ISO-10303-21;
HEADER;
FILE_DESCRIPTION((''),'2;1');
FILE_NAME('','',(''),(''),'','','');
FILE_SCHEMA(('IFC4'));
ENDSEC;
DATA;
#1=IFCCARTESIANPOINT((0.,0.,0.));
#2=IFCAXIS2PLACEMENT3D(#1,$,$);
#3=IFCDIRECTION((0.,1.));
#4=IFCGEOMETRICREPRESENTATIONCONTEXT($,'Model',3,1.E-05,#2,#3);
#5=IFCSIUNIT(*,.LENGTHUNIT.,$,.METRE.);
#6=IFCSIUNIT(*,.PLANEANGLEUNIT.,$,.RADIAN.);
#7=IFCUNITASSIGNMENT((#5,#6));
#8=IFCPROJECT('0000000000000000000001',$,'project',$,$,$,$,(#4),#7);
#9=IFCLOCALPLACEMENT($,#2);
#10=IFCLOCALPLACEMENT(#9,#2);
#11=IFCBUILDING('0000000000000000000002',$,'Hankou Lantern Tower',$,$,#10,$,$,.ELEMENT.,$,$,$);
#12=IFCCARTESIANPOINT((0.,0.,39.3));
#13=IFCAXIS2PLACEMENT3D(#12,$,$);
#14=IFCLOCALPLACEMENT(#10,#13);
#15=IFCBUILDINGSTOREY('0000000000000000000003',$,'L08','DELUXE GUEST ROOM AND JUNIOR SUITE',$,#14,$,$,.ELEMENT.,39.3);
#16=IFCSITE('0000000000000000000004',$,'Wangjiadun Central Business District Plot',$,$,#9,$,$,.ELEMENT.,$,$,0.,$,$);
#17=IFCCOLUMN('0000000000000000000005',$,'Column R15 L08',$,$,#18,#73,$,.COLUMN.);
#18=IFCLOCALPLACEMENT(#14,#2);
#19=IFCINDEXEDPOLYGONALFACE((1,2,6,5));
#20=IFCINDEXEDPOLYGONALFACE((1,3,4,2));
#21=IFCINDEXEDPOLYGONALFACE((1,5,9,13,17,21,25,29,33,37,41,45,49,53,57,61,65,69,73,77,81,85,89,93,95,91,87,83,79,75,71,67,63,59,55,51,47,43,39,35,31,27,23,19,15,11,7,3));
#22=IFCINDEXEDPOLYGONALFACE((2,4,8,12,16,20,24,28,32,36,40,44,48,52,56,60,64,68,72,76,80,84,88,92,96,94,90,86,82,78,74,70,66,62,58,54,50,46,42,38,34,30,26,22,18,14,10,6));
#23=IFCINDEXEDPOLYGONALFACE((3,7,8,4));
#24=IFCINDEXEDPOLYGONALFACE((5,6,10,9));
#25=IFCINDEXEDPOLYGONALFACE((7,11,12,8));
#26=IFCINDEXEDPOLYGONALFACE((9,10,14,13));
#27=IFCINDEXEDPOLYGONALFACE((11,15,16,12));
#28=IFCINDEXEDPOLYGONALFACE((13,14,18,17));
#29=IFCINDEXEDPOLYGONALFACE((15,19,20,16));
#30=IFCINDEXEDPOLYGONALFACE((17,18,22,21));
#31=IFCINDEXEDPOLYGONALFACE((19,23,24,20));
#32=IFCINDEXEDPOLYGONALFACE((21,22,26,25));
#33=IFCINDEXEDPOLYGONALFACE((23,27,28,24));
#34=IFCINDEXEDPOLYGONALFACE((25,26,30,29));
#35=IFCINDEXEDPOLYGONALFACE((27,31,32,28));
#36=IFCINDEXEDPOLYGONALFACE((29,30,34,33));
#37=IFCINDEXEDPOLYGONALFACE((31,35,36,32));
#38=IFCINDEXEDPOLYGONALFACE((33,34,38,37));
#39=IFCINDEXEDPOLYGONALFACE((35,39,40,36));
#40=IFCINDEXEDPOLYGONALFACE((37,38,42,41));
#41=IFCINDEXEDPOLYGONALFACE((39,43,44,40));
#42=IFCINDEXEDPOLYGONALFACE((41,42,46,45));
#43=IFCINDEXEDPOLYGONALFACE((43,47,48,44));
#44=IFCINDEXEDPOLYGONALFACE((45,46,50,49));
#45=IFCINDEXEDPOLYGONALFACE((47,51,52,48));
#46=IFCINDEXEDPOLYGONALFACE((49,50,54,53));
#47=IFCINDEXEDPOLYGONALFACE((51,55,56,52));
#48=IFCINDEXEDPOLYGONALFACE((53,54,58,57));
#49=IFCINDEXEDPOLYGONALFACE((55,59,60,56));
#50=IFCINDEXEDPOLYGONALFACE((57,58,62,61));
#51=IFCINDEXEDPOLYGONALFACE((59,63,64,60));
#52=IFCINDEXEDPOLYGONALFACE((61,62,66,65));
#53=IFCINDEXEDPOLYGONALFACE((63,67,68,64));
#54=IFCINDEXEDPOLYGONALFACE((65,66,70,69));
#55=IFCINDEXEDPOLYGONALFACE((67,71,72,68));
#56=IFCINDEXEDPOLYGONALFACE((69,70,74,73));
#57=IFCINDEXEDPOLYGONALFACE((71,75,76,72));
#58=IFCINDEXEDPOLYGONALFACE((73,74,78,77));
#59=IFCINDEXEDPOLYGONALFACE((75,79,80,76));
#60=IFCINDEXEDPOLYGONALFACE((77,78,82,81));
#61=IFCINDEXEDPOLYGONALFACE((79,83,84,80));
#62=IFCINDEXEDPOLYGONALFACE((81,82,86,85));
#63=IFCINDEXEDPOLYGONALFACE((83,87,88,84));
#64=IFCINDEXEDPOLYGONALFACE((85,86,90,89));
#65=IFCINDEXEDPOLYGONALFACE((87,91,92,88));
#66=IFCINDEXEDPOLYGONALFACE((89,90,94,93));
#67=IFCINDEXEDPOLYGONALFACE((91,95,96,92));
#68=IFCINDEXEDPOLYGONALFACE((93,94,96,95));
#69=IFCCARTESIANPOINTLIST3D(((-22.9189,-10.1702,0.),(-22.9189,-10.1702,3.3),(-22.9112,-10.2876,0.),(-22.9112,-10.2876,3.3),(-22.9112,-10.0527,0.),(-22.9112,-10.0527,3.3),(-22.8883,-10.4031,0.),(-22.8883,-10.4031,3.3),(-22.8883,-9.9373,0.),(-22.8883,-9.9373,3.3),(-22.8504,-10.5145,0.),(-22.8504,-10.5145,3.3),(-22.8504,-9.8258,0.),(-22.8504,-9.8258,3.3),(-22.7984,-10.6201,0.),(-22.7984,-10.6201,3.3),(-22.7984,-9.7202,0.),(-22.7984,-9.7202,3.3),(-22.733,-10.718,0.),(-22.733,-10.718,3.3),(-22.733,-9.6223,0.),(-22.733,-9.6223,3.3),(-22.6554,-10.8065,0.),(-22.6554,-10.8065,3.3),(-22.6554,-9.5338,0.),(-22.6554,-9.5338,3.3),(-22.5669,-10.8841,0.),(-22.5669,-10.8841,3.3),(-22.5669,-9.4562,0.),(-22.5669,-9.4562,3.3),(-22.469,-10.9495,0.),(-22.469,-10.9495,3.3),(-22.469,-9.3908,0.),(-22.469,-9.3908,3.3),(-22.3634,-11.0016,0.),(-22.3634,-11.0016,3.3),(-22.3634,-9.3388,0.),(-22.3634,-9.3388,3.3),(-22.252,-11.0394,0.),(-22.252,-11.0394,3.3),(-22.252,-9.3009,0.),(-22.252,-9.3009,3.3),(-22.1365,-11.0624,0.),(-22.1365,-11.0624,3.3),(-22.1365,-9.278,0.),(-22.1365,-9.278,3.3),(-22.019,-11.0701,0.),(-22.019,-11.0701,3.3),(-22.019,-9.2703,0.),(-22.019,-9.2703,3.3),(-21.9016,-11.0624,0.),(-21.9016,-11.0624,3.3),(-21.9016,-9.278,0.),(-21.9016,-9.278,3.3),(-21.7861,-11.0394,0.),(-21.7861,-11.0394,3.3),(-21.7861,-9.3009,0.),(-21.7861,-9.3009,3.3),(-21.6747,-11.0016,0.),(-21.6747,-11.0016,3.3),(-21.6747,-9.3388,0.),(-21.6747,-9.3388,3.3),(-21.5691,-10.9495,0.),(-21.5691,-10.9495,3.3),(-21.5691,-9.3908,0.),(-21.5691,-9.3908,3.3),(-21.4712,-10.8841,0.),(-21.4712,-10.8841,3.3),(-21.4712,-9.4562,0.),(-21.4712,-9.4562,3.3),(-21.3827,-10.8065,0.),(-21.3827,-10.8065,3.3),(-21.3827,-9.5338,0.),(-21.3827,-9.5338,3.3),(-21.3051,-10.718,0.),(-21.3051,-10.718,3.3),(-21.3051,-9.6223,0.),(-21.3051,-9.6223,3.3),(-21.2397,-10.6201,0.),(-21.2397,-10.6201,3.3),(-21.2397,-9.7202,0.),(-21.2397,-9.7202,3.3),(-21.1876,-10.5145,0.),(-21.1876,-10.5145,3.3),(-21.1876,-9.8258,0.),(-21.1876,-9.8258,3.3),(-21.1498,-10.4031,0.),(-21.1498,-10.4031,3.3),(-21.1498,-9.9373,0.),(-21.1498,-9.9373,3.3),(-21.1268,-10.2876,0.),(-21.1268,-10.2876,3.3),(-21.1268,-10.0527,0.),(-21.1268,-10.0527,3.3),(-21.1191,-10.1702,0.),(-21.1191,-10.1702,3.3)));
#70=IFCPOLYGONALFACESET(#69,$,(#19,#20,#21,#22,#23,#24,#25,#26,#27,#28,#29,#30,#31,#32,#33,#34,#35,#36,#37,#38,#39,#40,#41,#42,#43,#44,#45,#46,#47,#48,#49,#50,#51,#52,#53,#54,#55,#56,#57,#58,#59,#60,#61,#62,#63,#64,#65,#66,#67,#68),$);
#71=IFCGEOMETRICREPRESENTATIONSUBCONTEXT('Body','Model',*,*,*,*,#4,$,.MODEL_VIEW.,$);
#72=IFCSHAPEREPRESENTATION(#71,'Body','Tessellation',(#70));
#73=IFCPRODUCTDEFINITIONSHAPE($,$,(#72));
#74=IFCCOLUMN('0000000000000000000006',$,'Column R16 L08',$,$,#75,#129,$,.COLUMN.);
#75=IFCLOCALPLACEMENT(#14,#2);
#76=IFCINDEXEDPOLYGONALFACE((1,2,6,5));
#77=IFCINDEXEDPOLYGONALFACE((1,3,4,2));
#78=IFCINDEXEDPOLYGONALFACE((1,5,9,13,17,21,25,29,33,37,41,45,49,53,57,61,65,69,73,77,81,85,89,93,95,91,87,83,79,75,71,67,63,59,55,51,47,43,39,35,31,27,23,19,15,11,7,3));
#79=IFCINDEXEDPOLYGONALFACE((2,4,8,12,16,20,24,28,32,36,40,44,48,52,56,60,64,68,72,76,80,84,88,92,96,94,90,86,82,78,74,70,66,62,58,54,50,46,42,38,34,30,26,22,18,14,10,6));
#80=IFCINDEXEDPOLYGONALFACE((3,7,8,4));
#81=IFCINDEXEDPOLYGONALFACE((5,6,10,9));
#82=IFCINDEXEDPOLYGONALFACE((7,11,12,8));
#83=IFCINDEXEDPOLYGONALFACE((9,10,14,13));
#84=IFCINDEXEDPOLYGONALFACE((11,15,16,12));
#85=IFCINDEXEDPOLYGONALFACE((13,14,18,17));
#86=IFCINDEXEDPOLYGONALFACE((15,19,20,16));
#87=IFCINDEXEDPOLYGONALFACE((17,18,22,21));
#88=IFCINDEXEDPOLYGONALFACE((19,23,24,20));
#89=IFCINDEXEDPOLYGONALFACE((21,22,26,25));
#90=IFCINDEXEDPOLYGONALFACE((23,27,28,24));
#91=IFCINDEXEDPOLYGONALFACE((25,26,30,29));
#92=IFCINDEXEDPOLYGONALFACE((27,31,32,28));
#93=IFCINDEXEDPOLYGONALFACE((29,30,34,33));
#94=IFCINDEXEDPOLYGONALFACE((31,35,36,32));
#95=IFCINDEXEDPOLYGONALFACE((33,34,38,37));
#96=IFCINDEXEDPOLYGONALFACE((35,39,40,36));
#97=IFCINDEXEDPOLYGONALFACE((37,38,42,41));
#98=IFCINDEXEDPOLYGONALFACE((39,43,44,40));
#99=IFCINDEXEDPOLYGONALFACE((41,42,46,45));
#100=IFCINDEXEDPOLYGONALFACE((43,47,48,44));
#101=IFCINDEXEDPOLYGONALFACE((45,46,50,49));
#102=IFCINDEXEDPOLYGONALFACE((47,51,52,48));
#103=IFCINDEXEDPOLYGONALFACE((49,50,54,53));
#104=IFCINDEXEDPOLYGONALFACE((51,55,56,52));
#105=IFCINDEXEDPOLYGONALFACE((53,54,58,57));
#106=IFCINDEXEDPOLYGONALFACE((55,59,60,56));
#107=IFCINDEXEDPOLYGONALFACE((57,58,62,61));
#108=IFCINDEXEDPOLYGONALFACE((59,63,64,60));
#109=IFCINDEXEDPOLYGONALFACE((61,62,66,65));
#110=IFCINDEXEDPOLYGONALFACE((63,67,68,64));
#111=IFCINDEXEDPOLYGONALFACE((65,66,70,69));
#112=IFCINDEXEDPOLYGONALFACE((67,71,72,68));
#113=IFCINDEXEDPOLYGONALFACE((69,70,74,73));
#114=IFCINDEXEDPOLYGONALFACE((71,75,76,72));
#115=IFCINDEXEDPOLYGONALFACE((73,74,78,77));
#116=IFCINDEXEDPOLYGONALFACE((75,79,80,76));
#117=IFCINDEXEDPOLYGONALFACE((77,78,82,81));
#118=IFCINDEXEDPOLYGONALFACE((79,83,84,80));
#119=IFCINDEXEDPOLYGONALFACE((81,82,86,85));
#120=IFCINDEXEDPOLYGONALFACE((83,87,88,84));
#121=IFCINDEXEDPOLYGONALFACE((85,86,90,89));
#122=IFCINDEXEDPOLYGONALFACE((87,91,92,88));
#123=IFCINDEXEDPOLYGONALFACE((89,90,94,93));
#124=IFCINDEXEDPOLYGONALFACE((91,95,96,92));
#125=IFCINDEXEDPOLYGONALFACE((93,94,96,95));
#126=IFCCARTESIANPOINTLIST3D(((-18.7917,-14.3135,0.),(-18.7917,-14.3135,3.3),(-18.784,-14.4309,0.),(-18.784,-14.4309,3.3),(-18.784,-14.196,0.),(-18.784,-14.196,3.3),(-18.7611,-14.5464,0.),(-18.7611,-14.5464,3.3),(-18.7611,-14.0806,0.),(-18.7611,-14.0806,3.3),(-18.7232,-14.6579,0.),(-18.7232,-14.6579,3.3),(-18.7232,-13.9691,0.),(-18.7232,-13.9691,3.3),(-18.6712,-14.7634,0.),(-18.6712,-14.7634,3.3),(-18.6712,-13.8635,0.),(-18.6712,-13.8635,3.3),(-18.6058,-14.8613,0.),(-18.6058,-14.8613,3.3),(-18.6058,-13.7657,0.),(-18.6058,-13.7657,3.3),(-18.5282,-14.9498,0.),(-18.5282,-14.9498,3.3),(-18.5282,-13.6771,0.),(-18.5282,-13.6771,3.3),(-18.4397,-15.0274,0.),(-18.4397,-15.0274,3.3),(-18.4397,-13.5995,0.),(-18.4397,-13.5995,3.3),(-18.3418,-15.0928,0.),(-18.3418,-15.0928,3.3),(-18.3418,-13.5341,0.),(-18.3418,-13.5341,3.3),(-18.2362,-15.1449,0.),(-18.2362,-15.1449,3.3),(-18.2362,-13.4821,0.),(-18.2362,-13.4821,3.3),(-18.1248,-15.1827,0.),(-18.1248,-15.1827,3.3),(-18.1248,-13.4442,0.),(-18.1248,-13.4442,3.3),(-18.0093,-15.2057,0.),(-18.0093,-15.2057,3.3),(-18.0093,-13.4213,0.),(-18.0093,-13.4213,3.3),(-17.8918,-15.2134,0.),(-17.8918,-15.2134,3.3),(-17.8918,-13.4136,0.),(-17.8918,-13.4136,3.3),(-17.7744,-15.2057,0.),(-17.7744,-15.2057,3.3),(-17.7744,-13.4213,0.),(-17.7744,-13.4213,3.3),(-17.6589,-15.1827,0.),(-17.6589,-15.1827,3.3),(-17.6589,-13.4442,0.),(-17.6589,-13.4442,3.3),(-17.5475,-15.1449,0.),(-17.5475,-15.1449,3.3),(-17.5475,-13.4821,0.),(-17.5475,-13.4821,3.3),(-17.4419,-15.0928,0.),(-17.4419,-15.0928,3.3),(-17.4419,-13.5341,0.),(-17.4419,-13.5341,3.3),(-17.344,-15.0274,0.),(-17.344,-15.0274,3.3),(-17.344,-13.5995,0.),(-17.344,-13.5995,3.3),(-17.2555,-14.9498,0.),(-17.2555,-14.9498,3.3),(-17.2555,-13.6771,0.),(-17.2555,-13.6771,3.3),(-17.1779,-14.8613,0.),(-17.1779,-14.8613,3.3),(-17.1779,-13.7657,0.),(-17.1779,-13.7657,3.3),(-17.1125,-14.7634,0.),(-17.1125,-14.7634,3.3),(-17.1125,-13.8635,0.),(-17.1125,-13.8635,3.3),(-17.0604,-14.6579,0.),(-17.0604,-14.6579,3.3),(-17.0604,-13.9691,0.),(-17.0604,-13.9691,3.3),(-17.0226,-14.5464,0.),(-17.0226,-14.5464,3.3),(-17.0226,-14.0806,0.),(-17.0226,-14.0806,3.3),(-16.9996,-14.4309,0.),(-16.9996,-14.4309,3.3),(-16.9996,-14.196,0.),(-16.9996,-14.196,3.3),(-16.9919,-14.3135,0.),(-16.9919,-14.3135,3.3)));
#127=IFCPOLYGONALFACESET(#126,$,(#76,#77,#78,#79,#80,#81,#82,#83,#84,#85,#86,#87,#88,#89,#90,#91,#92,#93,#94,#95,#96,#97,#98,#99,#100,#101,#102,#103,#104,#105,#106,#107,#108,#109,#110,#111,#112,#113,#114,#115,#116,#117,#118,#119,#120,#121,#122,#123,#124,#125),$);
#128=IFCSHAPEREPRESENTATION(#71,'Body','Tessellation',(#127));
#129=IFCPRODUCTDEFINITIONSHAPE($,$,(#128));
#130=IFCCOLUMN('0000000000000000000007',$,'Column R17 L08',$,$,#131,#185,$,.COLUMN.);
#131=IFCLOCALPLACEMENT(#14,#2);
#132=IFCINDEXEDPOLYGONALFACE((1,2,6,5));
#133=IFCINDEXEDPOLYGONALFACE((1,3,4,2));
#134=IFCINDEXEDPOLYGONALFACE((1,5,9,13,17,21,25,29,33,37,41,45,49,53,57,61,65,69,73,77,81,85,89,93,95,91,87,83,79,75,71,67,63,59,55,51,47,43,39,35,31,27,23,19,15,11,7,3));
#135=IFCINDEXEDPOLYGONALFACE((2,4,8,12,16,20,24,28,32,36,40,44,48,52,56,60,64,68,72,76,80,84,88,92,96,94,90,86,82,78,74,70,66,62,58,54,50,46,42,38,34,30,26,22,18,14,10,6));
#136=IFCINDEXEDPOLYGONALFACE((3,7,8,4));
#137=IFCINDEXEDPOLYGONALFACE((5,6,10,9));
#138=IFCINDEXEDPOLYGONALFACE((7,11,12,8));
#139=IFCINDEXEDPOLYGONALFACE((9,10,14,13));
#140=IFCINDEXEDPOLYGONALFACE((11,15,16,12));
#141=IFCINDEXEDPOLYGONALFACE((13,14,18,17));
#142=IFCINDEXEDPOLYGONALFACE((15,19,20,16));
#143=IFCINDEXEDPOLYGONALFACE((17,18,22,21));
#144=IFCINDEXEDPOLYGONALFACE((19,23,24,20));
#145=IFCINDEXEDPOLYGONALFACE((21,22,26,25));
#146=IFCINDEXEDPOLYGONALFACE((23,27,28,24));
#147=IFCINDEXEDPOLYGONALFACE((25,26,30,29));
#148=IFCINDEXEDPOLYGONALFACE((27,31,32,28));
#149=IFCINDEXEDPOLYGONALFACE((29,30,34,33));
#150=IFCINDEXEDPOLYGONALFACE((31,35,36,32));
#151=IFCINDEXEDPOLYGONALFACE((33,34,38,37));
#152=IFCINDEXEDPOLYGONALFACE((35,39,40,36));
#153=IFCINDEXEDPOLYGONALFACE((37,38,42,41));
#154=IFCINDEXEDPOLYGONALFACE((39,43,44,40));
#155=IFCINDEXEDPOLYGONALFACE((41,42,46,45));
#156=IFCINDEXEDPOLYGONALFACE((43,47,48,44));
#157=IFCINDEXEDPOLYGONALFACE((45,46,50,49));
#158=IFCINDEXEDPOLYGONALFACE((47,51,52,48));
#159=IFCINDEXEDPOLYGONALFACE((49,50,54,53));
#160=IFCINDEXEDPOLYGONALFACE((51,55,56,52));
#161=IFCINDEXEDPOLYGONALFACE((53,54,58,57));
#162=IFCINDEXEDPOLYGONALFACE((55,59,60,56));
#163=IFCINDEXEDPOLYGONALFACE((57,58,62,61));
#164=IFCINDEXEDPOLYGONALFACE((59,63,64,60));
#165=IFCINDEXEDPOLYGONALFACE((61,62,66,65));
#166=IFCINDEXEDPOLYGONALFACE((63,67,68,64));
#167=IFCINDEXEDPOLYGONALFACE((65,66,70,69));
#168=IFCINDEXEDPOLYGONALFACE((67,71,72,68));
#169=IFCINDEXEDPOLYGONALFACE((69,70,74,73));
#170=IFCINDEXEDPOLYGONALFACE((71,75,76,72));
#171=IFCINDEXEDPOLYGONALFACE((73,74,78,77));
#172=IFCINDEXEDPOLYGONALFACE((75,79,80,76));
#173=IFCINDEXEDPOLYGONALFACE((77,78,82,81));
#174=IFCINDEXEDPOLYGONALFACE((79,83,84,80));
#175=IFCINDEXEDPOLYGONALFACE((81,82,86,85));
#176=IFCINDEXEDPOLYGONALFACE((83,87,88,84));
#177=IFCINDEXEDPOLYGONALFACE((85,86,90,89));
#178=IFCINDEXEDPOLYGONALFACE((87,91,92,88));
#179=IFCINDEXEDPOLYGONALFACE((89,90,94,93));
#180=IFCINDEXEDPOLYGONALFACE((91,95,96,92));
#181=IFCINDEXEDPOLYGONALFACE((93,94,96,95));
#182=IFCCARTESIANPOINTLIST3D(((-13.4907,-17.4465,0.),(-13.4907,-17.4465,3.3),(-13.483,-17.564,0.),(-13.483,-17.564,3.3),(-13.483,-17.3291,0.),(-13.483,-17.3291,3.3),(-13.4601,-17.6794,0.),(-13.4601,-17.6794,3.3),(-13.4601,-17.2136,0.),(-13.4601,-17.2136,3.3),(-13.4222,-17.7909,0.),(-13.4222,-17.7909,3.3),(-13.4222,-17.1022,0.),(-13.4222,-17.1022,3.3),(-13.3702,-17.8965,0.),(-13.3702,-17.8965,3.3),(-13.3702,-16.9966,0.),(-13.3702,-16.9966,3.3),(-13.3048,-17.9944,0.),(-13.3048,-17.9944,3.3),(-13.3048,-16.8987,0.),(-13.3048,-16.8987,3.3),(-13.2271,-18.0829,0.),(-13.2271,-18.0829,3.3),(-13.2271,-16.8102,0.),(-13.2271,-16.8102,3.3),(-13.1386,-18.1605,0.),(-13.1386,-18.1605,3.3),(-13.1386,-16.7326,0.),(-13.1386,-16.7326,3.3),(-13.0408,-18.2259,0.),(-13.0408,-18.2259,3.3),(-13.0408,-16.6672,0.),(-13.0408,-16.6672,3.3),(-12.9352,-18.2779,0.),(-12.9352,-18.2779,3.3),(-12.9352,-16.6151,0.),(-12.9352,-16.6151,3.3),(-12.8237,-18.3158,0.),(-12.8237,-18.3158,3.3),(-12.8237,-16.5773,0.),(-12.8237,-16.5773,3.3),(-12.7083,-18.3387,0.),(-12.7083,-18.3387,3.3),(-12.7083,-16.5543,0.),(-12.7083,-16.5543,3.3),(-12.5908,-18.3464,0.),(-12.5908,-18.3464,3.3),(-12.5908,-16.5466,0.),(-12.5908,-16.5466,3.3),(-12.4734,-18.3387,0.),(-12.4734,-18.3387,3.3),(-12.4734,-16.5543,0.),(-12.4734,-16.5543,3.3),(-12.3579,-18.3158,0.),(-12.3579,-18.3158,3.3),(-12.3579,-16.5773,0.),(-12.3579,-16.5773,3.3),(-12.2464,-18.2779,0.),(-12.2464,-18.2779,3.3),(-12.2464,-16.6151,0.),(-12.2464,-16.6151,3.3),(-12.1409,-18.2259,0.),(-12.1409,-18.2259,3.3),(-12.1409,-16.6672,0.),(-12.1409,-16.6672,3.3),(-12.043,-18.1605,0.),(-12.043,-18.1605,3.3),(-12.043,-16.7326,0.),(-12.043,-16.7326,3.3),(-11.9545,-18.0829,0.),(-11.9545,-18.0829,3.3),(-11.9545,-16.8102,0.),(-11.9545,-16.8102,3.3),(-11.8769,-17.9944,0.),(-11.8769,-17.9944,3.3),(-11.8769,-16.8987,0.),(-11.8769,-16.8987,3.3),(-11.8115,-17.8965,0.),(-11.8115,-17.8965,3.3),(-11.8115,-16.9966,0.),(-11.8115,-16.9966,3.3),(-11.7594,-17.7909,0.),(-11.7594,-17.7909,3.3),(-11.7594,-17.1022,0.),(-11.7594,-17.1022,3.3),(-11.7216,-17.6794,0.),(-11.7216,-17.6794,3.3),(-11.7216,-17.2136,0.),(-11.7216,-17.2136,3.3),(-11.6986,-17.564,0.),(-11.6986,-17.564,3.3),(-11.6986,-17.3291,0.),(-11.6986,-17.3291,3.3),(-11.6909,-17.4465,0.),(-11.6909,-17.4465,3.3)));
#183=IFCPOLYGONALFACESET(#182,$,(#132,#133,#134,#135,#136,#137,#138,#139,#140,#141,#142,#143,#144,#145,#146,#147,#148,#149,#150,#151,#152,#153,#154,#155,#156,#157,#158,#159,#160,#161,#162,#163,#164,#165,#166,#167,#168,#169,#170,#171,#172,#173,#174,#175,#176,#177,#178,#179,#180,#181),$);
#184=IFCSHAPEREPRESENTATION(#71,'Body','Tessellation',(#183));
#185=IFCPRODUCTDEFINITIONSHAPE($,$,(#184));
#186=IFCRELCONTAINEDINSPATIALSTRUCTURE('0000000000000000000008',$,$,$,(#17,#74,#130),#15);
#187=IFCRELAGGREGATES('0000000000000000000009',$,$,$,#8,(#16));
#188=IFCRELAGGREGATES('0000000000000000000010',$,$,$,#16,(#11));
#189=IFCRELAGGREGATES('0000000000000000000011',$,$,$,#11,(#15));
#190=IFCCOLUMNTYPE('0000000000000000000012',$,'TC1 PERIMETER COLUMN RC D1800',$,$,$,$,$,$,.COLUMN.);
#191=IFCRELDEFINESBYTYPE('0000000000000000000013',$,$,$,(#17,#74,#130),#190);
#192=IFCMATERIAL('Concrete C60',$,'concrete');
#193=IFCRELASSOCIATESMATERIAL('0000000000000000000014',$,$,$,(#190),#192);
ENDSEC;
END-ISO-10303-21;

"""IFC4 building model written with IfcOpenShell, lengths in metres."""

from ifc_helpers import new_model, si_unit, direction, frame, origin, origin_2d, place, context, subcontext, project, spatial, circle, extrude, material, material_profile, profile_set, type_object, element, save


model = new_model("IFC4")

# Units and contexts
model_context = context("Model", 3, precision=1e-05, world=origin(), true_north=direction((0.0, 1.0)))
body_context = subcontext(model_context, "Body", "Model", "MODEL_VIEW")
ifc_project = project(units=[si_unit("LENGTHUNIT", "METRE"), si_unit("PLANEANGLEUNIT", "RADIAN")], contexts=[model_context])

# Site, building, storey
site_placement = place(None, origin())
site = spatial("IfcSite", under=ifc_project, at=site_placement, Name="Wangjiadun Central Business District Plot", CompositionType="ELEMENT", RefElevation=0.0)
building_placement = place(site_placement, origin())
building = spatial("IfcBuilding", under=site, at=building_placement, Name="Hankou Lantern Tower", CompositionType="ELEMENT")
storey_placement = place(building_placement, frame((0.0, 0.0, 39.3)))
storey = spatial("IfcBuildingStorey", under=building, at=storey_placement, Name="L08", Description="DELUXE GUEST ROOM AND JUNIOR SUITE", CompositionType="ELEMENT", Elevation=39.3)

# Columns
ifc_material_1 = material(Name="Concrete C60", Category="concrete")
ifc_material_profile_1 = material_profile(ifc_material_1, circle(Radius=0.8999, at=origin_2d()), Name="RC D1800")
ifc_profile_set_1 = profile_set([ifc_material_profile_1], Name="Concrete C60")
column_type = type_object("IfcColumnType", Name="TC1 PERIMETER COLUMN RC D1800", PredefinedType="COLUMN", material=ifc_profile_set_1)
for number, where, z_axis, x_axis, name in (
    (1, (-22.019, -10.1702, 0.0), (0.0, 0.0, 1.0), (1.0, 0.0, 0.0), "Column R15 L08"),
    (2, (-17.8918, -14.3135, 0.0), (0.0, 0.0, 1.0), (1.0, 0.0, 0.0), "Column R16 L08"),
    (3, (-12.5908, -17.4465, 0.0), (0.0, 0.0, 1.0), (1.0, 0.0, 0.0), "Column R17 L08"),
):
    element("IfcColumn", number, at=place(storey_placement, frame(where, z_axis=z_axis, x_axis=x_axis)), inside=storey, type_object=column_type, Name=name, PredefinedType="COLUMN", context=body_context, shape_type="SweptSolid", body=[
        extrude(circle(Radius=0.8999, at=origin_2d()), origin(), (0.0, 0.0, 1.0), 3.3),
    ])

save(model, "model.ifc")
